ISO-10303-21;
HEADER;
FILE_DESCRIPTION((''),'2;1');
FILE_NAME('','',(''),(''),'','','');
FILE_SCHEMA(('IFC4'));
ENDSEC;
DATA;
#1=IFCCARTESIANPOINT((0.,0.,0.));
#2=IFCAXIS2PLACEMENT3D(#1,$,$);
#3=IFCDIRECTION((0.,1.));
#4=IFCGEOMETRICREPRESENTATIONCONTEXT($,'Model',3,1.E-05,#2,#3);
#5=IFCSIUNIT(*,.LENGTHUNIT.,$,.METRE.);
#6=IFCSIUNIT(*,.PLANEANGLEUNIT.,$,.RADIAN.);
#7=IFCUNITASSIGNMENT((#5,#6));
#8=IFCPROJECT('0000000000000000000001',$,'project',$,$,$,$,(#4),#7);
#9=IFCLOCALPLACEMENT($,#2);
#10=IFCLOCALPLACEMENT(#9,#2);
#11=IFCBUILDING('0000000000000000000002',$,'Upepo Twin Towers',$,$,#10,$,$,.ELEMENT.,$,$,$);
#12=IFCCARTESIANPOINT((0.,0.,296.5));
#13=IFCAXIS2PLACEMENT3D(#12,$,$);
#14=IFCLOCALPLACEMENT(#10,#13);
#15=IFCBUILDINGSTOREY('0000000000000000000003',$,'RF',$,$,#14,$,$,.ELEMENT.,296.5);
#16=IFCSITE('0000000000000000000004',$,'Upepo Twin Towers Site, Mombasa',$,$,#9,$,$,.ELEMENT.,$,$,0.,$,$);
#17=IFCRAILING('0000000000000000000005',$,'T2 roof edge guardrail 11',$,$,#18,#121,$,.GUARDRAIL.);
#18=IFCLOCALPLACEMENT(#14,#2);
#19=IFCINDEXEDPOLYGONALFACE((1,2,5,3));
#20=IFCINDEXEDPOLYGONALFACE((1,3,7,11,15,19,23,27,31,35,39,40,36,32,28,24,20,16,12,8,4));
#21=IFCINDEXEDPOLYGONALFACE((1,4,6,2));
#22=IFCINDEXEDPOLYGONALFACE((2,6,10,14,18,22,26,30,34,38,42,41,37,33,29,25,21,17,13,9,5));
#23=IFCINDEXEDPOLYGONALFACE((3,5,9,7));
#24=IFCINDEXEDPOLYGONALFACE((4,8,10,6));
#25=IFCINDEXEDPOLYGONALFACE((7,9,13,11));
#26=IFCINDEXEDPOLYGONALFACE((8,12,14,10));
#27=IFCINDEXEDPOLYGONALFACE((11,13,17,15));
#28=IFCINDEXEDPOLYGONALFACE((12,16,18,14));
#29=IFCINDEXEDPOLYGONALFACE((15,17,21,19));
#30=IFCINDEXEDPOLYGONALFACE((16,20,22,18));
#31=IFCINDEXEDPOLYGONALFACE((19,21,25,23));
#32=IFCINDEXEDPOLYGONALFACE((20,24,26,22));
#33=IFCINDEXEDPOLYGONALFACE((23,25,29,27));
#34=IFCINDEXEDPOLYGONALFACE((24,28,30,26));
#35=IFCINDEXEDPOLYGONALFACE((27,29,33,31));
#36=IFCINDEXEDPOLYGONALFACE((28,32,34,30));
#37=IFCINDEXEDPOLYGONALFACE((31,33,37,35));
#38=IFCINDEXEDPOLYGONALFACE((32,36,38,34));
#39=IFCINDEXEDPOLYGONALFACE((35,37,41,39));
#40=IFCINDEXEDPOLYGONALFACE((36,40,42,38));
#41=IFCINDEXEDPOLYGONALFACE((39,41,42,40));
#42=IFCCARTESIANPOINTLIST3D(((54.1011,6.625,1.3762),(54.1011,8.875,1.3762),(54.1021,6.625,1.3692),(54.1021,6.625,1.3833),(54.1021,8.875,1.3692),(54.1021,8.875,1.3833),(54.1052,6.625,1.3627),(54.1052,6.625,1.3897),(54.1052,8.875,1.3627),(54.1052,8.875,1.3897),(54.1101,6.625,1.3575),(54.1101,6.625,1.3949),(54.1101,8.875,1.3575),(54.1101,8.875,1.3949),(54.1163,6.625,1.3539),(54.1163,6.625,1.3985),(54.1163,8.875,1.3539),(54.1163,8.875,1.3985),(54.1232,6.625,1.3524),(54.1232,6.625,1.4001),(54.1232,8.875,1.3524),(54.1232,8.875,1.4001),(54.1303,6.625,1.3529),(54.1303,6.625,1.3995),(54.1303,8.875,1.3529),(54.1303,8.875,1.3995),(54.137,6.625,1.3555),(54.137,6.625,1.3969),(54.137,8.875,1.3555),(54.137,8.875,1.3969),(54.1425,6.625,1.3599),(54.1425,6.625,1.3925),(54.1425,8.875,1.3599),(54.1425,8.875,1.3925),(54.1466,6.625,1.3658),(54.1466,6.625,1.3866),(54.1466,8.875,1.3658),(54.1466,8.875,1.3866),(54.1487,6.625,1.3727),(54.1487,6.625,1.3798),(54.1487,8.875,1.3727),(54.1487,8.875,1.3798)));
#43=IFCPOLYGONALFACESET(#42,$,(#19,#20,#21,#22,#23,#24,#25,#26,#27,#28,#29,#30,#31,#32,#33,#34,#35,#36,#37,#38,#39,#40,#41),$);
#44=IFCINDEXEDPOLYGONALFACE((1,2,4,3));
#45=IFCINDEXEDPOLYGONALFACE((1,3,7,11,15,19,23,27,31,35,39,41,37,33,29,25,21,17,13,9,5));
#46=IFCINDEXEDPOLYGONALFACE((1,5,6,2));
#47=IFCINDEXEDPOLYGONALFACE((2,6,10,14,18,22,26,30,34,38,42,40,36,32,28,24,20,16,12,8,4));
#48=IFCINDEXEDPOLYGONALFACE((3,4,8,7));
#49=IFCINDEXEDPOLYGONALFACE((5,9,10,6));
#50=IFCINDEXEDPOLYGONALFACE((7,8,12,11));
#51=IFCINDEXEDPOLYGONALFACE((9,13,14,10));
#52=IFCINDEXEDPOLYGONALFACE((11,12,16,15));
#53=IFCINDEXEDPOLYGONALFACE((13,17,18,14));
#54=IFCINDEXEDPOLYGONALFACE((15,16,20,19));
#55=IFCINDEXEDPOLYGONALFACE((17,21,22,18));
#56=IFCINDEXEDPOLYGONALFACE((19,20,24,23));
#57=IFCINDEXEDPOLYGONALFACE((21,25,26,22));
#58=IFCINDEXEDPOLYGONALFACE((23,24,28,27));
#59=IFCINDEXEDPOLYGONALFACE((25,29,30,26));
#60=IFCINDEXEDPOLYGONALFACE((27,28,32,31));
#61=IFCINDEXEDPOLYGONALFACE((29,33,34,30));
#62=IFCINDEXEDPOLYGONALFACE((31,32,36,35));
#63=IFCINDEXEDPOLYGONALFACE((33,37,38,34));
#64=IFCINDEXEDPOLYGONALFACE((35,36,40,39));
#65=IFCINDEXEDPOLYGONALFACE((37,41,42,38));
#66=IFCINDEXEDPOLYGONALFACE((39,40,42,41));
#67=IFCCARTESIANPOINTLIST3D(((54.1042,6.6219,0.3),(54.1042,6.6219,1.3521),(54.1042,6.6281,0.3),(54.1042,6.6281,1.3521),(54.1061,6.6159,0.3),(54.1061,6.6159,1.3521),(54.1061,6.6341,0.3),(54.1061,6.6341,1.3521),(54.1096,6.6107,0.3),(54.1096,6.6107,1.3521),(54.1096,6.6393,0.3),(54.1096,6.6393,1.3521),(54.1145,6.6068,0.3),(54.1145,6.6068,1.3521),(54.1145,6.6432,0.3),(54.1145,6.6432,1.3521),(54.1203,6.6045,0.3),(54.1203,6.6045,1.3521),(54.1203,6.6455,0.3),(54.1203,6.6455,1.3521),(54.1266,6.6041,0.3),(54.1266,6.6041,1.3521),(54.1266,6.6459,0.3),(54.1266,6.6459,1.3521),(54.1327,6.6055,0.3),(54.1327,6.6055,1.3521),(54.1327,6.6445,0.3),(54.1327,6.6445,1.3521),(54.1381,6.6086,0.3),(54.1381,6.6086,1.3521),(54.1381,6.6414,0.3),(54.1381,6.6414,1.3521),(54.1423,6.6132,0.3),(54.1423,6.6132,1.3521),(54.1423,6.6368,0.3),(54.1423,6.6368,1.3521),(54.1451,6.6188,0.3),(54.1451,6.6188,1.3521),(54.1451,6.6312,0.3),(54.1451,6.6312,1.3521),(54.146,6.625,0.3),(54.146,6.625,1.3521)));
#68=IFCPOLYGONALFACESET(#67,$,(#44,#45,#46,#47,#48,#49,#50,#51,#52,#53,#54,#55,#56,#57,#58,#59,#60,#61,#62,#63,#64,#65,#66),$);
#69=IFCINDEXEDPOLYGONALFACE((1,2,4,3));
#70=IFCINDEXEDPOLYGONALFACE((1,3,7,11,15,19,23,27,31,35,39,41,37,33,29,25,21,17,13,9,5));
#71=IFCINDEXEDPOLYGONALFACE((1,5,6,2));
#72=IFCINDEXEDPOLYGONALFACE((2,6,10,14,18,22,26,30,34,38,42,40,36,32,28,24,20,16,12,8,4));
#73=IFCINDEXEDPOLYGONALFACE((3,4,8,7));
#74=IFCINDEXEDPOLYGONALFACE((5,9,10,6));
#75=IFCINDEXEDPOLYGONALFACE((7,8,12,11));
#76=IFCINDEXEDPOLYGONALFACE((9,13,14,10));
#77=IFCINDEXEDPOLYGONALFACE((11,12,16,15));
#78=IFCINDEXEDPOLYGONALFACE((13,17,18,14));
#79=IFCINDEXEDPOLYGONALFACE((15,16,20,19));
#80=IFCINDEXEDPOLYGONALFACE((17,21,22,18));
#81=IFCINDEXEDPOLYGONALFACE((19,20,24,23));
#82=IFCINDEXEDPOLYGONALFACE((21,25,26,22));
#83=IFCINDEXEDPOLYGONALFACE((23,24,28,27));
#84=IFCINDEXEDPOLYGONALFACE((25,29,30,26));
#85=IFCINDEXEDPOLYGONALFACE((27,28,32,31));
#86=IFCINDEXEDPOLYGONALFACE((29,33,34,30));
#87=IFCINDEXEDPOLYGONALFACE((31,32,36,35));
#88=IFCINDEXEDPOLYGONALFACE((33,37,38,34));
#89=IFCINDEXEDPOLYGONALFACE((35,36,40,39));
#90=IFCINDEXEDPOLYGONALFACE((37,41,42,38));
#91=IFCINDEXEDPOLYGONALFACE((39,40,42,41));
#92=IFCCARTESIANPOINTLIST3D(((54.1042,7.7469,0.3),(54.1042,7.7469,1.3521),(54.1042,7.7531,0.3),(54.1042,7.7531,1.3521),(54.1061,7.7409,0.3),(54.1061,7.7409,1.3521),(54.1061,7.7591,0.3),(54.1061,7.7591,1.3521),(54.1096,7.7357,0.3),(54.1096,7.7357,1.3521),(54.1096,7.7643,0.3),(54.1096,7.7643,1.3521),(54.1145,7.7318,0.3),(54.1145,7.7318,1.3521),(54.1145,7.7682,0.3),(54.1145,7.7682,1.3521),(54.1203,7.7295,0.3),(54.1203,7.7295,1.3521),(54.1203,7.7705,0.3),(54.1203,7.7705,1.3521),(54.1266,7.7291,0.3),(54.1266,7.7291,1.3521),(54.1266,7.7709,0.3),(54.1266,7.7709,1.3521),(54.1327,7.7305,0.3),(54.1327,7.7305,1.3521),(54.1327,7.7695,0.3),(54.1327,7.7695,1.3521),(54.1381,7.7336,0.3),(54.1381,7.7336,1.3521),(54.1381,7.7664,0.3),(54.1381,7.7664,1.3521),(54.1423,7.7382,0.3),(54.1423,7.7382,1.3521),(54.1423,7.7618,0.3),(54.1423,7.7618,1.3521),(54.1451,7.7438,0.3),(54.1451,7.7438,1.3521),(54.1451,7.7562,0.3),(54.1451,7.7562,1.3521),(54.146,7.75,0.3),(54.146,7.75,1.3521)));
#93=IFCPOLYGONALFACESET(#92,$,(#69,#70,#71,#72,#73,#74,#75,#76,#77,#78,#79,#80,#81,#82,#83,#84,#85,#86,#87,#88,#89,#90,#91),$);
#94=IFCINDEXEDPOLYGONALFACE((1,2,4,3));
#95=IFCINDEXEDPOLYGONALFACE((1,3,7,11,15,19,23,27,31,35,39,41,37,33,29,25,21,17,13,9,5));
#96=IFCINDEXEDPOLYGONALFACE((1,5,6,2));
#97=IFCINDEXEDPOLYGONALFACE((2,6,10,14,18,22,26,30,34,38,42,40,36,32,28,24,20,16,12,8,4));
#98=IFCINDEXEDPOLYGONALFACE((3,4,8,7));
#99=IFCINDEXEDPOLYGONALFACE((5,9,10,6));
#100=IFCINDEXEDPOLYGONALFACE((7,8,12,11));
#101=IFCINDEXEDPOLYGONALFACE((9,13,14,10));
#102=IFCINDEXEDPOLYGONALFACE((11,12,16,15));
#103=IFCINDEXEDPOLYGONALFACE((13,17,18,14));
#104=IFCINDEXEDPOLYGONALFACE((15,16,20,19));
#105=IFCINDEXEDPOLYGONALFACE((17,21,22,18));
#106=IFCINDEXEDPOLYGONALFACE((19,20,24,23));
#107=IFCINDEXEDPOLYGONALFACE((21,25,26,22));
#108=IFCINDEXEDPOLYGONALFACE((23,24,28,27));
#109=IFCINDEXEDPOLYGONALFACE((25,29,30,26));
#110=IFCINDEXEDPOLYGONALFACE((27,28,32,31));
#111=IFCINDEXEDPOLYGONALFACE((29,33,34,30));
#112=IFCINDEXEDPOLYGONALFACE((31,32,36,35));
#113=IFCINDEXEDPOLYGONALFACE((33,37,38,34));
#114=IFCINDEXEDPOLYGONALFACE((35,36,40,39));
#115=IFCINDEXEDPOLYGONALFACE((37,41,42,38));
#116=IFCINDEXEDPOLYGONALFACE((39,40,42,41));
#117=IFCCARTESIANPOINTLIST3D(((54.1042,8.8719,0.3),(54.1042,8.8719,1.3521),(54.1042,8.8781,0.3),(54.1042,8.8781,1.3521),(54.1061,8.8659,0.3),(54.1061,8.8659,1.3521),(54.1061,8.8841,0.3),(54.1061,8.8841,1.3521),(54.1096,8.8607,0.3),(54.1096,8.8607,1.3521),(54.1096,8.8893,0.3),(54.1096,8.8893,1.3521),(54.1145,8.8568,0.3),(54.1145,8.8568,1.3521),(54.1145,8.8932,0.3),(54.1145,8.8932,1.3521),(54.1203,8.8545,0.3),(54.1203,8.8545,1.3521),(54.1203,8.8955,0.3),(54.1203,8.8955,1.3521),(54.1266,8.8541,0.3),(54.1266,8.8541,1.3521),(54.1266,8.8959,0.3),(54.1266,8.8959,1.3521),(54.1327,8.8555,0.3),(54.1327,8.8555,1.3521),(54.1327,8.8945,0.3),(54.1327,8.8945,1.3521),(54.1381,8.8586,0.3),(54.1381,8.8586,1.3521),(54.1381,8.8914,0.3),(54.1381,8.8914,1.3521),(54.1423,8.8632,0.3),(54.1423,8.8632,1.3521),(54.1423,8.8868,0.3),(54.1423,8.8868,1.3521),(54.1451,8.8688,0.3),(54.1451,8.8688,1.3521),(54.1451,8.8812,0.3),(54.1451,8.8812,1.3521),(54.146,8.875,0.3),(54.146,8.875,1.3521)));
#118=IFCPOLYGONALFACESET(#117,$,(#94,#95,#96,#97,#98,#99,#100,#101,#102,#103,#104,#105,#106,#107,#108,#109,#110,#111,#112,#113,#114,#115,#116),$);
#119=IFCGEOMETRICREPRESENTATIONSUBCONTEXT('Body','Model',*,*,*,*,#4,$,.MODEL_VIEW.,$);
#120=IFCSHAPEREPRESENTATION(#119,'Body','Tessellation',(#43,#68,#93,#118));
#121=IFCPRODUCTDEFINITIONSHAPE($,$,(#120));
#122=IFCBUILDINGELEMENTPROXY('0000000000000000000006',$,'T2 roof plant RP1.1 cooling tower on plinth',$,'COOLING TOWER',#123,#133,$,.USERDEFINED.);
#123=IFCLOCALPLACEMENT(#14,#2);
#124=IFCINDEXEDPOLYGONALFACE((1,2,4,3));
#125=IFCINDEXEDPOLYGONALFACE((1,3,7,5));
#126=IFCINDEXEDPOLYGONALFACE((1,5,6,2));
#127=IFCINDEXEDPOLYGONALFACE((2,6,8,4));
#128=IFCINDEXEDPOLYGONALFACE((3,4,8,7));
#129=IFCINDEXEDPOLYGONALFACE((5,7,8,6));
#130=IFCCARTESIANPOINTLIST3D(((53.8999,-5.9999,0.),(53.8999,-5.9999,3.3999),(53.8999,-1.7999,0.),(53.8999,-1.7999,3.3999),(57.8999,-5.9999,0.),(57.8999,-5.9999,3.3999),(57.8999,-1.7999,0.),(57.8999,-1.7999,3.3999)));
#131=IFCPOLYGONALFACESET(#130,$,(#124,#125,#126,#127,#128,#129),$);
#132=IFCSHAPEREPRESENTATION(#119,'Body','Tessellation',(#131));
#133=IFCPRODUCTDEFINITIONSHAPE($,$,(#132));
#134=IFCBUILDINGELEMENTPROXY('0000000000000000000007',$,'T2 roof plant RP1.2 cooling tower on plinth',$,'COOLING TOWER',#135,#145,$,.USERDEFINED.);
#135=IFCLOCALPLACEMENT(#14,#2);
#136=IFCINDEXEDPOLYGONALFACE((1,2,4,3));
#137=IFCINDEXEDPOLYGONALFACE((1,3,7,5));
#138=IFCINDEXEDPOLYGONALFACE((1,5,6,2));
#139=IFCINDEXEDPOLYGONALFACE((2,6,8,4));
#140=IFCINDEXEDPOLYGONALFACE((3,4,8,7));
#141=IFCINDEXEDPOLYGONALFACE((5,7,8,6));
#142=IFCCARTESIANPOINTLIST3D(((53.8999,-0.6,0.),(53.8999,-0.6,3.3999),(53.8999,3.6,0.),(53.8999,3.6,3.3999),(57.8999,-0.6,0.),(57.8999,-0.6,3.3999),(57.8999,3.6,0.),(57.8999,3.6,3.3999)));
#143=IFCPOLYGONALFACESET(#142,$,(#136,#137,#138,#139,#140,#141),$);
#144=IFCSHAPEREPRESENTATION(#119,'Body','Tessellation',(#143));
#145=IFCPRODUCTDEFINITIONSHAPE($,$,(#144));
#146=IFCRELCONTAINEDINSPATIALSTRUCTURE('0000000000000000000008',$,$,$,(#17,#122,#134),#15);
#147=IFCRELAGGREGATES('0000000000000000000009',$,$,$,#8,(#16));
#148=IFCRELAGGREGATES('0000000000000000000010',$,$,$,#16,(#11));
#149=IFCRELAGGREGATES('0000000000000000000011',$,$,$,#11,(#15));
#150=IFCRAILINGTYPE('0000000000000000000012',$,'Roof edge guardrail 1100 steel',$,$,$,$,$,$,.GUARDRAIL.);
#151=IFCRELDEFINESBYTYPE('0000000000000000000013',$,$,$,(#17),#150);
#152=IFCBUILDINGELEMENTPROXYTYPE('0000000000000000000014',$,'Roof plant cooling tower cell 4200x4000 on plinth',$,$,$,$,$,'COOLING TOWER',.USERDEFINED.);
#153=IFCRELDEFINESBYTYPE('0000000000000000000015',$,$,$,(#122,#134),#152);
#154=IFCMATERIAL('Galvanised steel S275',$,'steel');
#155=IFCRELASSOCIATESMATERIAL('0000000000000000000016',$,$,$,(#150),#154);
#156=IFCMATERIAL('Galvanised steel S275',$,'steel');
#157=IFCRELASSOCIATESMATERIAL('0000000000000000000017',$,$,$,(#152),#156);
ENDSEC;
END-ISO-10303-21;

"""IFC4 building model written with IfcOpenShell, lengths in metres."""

from ifc_helpers import new_model, si_unit, direction, frame, origin, origin_2d, place, context, subcontext, project, spatial, rectangle, circle, extrude, material, type_object, element, save


model = new_model("IFC4")

# Units and contexts
model_context = context("Model", 3, precision=1e-05, world=origin(), true_north=direction((0.0, 1.0)))
body_context = subcontext(model_context, "Body", "Model", "MODEL_VIEW")
ifc_project = project(units=[si_unit("LENGTHUNIT", "METRE"), si_unit("PLANEANGLEUNIT", "RADIAN")], contexts=[model_context])

# Site, building, storey
site_placement = place(None, origin())
site = spatial("IfcSite", under=ifc_project, at=site_placement, Name="Upepo Twin Towers Site, Mombasa", CompositionType="ELEMENT", RefElevation=0.0)
building_placement = place(site_placement, origin())
building = spatial("IfcBuilding", under=site, at=building_placement, Name="Upepo Twin Towers", CompositionType="ELEMENT")
storey_placement = place(building_placement, frame((0.0, 0.0, 296.5)))
storey = spatial("IfcBuildingStorey", under=building, at=storey_placement, Name="RF", CompositionType="ELEMENT", Elevation=296.5)

# Railing
ifc_material_1 = material(Name="Galvanised steel S275", Category="steel")
railing_type = type_object("IfcRailingType", Name="Roof edge guardrail 1100 steel", PredefinedType="GUARDRAIL", material=ifc_material_1)
railing_1_placement = place(storey_placement, frame((54.125, 6.625, 0.3)))
element("IfcRailing", 1, at=railing_1_placement, inside=storey, type_object=railing_type, Name="T2 roof edge guardrail 11", PredefinedType="GUARDRAIL", context=body_context, shape_type="SweptSolid", body=[
    extrude(circle(Radius=0.0239, at=origin_2d()), frame((0.0, 0.0, 1.0762), z_axis=(0.0, 1.0, 0.0), x_axis=(-1.0, 0.0, 0.0)), (0.0, 0.0, 1.0), 2.25),
    extrude(circle(Radius=0.021, at=origin_2d()), origin(), (0.0, 0.0, 1.0), 1.052),
    extrude(circle(Radius=0.021, at=origin_2d()), frame((0.0, 1.125, 0.0)), (0.0, 0.0, 1.0), 1.052),
    extrude(circle(Radius=0.021, at=origin_2d()), frame((0.0, 2.25, 0.0)), (0.0, 0.0, 1.0), 1.052),
])

# Building element proxies
ifc_material_2 = material(Name="Galvanised steel S275", Category="steel")
building_element_proxy_type = type_object("IfcBuildingElementProxyType", Name="Roof plant cooling tower cell 4200x4000 on plinth", ElementType="COOLING TOWER", PredefinedType="USERDEFINED", material=ifc_material_2)
for number, where, z_axis, x_axis, name in (
    (2, (55.8999, -3.8999, 0.0), (0.0, 0.0, 1.0), (0.0, 1.0, 0.0), "T2 roof plant RP1.1 cooling tower on plinth"),
    (3, (55.8999, 1.5, 0.0), (0.0, 0.0, 1.0), (0.0, 1.0, 0.0), "T2 roof plant RP1.2 cooling tower on plinth"),
):
    element("IfcBuildingElementProxy", number, at=place(storey_placement, frame(where, z_axis=z_axis, x_axis=x_axis)), inside=storey, type_object=building_element_proxy_type, Name=name, ObjectType="COOLING TOWER", PredefinedType="USERDEFINED", context=body_context, shape_type="SweptSolid", body=[
        extrude(rectangle(XDim=4.2, YDim=4.0, at=origin_2d()), origin(), (0.0, 0.0, 1.0), 3.3999),
    ])

save(model, "model.ifc")
